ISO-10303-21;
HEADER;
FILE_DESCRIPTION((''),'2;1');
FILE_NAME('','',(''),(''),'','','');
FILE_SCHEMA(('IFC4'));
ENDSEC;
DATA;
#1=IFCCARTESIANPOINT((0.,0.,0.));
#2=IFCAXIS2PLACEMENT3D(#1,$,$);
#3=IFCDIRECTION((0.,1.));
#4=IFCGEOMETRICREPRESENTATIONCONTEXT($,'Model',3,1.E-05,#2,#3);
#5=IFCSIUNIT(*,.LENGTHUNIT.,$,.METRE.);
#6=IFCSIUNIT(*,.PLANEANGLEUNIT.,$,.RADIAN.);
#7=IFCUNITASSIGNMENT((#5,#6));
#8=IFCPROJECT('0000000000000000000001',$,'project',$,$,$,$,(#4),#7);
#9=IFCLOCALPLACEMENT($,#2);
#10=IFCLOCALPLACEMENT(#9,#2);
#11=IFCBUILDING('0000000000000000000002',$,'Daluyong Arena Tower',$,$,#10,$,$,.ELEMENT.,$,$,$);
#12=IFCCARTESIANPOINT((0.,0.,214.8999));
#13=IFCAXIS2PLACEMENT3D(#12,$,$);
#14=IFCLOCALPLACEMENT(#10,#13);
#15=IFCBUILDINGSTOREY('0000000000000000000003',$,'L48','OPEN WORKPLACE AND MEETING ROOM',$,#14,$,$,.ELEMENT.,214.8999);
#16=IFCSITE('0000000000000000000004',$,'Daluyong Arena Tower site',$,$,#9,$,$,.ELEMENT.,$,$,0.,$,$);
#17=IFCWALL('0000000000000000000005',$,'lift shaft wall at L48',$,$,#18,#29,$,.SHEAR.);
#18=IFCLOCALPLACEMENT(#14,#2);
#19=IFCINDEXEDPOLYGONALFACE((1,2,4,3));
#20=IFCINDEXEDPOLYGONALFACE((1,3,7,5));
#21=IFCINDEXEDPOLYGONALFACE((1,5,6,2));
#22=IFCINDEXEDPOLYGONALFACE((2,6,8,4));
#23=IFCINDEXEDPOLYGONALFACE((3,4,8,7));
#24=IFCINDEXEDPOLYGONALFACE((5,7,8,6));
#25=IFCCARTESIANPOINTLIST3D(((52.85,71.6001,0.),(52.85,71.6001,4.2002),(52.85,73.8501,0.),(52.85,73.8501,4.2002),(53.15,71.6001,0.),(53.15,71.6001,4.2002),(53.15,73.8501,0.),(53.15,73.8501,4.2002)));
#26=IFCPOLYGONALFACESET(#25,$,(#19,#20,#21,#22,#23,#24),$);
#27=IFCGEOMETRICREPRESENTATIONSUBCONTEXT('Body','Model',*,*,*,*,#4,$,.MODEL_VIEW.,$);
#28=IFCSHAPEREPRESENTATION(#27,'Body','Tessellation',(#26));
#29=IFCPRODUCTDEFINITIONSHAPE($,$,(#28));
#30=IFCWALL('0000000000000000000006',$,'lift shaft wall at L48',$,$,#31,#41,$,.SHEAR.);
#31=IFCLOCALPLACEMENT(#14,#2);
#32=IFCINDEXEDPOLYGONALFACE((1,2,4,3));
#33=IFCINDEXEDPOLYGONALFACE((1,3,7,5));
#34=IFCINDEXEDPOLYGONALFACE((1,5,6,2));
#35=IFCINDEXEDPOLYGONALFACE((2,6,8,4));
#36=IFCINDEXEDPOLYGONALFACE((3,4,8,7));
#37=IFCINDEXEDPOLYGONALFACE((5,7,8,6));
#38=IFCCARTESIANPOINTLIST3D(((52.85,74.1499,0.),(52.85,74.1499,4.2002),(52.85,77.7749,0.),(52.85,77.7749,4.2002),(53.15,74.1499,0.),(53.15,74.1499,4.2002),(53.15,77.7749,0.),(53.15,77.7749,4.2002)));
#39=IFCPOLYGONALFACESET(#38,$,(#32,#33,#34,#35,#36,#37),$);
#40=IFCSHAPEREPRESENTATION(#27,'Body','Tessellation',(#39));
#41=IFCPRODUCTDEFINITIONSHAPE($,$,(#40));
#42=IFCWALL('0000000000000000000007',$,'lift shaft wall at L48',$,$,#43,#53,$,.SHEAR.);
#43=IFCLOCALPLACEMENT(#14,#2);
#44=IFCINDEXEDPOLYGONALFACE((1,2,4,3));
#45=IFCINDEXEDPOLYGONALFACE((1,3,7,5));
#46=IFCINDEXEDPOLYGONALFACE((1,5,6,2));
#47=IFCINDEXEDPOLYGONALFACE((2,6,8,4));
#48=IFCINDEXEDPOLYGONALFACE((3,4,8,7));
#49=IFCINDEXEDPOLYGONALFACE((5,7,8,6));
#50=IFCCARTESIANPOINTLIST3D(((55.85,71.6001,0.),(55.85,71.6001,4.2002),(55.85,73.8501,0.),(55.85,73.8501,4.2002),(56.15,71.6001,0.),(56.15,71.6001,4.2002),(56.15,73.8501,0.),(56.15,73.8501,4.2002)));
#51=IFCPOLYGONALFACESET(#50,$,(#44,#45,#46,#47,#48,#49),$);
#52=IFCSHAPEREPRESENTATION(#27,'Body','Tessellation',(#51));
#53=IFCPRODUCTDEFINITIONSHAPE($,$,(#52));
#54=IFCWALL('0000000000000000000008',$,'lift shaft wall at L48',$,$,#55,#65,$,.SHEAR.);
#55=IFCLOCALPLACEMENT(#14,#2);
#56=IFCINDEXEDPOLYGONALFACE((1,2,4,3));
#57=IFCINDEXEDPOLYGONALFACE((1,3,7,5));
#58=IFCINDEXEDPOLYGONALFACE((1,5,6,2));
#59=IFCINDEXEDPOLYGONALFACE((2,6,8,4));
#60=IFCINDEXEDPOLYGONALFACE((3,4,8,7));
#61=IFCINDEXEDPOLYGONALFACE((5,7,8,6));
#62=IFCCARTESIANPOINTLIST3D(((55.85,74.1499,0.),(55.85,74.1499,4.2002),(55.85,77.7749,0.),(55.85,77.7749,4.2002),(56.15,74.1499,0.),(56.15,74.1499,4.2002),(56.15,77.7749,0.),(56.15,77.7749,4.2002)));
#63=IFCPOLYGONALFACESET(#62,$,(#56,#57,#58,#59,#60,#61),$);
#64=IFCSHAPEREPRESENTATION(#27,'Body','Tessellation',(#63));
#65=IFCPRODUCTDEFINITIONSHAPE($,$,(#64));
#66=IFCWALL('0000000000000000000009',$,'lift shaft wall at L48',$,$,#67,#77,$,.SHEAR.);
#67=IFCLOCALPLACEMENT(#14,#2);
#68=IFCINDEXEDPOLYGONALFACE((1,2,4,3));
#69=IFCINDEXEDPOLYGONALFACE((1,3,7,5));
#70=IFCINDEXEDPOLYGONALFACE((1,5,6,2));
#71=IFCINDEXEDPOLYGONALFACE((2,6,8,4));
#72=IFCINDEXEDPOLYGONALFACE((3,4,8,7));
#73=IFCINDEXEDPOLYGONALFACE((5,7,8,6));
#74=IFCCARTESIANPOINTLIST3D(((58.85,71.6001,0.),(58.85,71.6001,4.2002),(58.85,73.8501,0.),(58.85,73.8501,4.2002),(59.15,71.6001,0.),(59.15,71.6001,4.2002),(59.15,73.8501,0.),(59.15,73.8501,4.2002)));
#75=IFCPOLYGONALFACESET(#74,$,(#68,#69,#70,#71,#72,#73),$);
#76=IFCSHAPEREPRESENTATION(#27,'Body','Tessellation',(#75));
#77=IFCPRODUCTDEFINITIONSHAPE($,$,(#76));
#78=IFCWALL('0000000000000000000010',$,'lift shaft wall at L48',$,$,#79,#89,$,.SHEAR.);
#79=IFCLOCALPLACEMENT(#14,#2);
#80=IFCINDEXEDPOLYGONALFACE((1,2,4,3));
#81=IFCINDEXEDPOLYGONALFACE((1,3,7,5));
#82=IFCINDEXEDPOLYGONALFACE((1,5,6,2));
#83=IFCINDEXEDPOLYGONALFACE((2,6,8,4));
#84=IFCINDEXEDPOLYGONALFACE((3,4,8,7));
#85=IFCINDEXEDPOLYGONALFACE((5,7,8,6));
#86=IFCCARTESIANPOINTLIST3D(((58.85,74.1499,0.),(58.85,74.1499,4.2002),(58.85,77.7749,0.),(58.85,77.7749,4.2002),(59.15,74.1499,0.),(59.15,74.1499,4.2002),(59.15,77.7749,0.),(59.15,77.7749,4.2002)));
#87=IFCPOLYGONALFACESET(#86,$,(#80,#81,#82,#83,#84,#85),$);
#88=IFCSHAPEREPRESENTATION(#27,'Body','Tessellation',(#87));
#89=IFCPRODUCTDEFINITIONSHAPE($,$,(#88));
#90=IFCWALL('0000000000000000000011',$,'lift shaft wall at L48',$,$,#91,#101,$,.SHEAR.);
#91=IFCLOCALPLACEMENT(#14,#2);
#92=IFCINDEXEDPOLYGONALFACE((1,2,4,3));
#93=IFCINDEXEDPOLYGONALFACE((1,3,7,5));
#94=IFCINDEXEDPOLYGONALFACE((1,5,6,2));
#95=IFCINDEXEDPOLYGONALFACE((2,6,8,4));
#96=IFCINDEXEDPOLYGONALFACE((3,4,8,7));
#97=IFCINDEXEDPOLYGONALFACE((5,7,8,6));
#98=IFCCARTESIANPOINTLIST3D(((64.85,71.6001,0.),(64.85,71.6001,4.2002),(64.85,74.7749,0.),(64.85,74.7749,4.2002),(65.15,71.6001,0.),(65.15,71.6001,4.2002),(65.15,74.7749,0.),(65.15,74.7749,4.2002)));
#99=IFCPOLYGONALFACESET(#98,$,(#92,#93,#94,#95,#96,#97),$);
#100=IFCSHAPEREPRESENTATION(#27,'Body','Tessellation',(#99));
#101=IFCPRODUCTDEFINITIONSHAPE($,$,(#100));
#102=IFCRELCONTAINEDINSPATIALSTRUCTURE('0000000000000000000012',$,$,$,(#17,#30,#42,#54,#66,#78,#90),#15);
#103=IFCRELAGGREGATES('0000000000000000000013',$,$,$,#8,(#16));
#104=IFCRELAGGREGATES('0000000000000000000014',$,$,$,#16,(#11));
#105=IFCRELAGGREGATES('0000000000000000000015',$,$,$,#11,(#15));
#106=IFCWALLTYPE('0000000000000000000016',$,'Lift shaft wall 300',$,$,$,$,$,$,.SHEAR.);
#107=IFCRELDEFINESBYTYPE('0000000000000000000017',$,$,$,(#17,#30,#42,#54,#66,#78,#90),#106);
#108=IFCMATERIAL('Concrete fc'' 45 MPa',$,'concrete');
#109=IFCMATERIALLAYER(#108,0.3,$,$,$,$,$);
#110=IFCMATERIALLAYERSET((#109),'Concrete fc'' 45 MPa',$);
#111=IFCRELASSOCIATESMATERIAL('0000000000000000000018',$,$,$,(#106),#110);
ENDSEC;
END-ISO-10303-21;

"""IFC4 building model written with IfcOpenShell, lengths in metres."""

from ifc_helpers import new_model, si_unit, direction, frame, frame_2d, origin, place, context, subcontext, project, spatial, rectangle, extrude, material, layer, layer_set, type_object, element, save


model = new_model("IFC4")

# Units and contexts
model_context = context("Model", 3, precision=1e-05, world=origin(), true_north=direction((0.0, 1.0)))
body_context = subcontext(model_context, "Body", "Model", "MODEL_VIEW")
ifc_project = project(units=[si_unit("LENGTHUNIT", "METRE"), si_unit("PLANEANGLEUNIT", "RADIAN")], contexts=[model_context])

# Site, building, storey
site_placement = place(None, origin())
site = spatial("IfcSite", under=ifc_project, at=site_placement, Name="Daluyong Arena Tower site", CompositionType="ELEMENT", RefElevation=0.0)
building_placement = place(site_placement, origin())
building = spatial("IfcBuilding", under=site, at=building_placement, Name="Daluyong Arena Tower", CompositionType="ELEMENT")
storey_placement = place(building_placement, frame((0.0, 0.0, 214.8999)))
storey = spatial("IfcBuildingStorey", under=building, at=storey_placement, Name="L48", Description="OPEN WORKPLACE AND MEETING ROOM", CompositionType="ELEMENT", Elevation=214.8999)

# Walls
ifc_material_1 = material(Name="Concrete fc' 45 MPa", Category="concrete")
ifc_layer_1 = layer(ifc_material_1, 0.3)
ifc_layer_set_1 = layer_set([ifc_layer_1], Name="Concrete fc' 45 MPa")
wall_type_1 = type_object("IfcWallType", Name="Lift shaft wall 300", PredefinedType="SHEAR", material=ifc_layer_set_1)
wall_1_placement = place(storey_placement, frame((53.0, 71.6001, 0.0), z_axis=(0.0, 0.0, 1.0), x_axis=(0.0, 1.0, 0.0)))
element("IfcWall", 1, at=wall_1_placement, inside=storey, type_object=wall_type_1, Name="lift shaft wall at L48", PredefinedType="SHEAR", context=body_context, shape_type="SweptSolid", body=[
    extrude(rectangle(XDim=2.25, YDim=0.3, at=frame_2d((1.125, 0.0))), origin(), (0.0, 0.0, 1.0), 4.2002),
])
wall_2_placement = place(storey_placement, frame((53.0, 74.1499, 0.0), z_axis=(0.0, 0.0, 1.0), x_axis=(0.0, 1.0, 0.0)))
element("IfcWall", 2, at=wall_2_placement, inside=storey, type_object=wall_type_1, Name="lift shaft wall at L48", PredefinedType="SHEAR", context=body_context, shape_type="SweptSolid", body=[
    extrude(rectangle(XDim=3.625, YDim=0.3, at=frame_2d((1.8125, 0.0))), origin(), (0.0, 0.0, 1.0), 4.2002),
])
wall_3_placement = place(storey_placement, frame((56.0, 71.6001, 0.0), z_axis=(0.0, 0.0, 1.0), x_axis=(0.0, 1.0, 0.0)))
element("IfcWall", 3, at=wall_3_placement, inside=storey, type_object=wall_type_1, Name="lift shaft wall at L48", PredefinedType="SHEAR", context=body_context, shape_type="SweptSolid", body=[
    extrude(rectangle(XDim=2.25, YDim=0.3, at=frame_2d((1.125, 0.0))), origin(), (0.0, 0.0, 1.0), 4.2002),
])
wall_4_placement = place(storey_placement, frame((56.0, 74.1499, 0.0), z_axis=(0.0, 0.0, 1.0), x_axis=(0.0, 1.0, 0.0)))
element("IfcWall", 4, at=wall_4_placement, inside=storey, type_object=wall_type_1, Name="lift shaft wall at L48", PredefinedType="SHEAR", context=body_context, shape_type="SweptSolid", body=[
    extrude(rectangle(XDim=3.625, YDim=0.3, at=frame_2d((1.8125, 0.0))), origin(), (0.0, 0.0, 1.0), 4.2002),
])
wall_5_placement = place(storey_placement, frame((59.0, 71.6001, 0.0), z_axis=(0.0, 0.0, 1.0), x_axis=(0.0, 1.0, 0.0)))
element("IfcWall", 5, at=wall_5_placement, inside=storey, type_object=wall_type_1, Name="lift shaft wall at L48", PredefinedType="SHEAR", context=body_context, shape_type="SweptSolid", body=[
    extrude(rectangle(XDim=2.25, YDim=0.3, at=frame_2d((1.125, 0.0))), origin(), (0.0, 0.0, 1.0), 4.2002),
])
wall_6_placement = place(storey_placement, frame((59.0, 74.1499, 0.0), z_axis=(0.0, 0.0, 1.0), x_axis=(0.0, 1.0, 0.0)))
element("IfcWall", 6, at=wall_6_placement, inside=storey, type_object=wall_type_1, Name="lift shaft wall at L48", PredefinedType="SHEAR", context=body_context, shape_type="SweptSolid", body=[
    extrude(rectangle(XDim=3.625, YDim=0.3, at=frame_2d((1.8125, 0.0))), origin(), (0.0, 0.0, 1.0), 4.2002),
])
wall_7_placement = place(storey_placement, frame((65.0, 71.6001, 0.0), z_axis=(0.0, 0.0, 1.0), x_axis=(0.0, 1.0, 0.0)))
element("IfcWall", 7, at=wall_7_placement, inside=storey, type_object=wall_type_1, Name="lift shaft wall at L48", PredefinedType="SHEAR", context=body_context, shape_type="SweptSolid", body=[
    extrude(rectangle(XDim=3.1748, YDim=0.3, at=frame_2d((1.5874, 0.0))), origin(), (0.0, 0.0, 1.0), 4.2002),
])

save(model, "model.ifc")
